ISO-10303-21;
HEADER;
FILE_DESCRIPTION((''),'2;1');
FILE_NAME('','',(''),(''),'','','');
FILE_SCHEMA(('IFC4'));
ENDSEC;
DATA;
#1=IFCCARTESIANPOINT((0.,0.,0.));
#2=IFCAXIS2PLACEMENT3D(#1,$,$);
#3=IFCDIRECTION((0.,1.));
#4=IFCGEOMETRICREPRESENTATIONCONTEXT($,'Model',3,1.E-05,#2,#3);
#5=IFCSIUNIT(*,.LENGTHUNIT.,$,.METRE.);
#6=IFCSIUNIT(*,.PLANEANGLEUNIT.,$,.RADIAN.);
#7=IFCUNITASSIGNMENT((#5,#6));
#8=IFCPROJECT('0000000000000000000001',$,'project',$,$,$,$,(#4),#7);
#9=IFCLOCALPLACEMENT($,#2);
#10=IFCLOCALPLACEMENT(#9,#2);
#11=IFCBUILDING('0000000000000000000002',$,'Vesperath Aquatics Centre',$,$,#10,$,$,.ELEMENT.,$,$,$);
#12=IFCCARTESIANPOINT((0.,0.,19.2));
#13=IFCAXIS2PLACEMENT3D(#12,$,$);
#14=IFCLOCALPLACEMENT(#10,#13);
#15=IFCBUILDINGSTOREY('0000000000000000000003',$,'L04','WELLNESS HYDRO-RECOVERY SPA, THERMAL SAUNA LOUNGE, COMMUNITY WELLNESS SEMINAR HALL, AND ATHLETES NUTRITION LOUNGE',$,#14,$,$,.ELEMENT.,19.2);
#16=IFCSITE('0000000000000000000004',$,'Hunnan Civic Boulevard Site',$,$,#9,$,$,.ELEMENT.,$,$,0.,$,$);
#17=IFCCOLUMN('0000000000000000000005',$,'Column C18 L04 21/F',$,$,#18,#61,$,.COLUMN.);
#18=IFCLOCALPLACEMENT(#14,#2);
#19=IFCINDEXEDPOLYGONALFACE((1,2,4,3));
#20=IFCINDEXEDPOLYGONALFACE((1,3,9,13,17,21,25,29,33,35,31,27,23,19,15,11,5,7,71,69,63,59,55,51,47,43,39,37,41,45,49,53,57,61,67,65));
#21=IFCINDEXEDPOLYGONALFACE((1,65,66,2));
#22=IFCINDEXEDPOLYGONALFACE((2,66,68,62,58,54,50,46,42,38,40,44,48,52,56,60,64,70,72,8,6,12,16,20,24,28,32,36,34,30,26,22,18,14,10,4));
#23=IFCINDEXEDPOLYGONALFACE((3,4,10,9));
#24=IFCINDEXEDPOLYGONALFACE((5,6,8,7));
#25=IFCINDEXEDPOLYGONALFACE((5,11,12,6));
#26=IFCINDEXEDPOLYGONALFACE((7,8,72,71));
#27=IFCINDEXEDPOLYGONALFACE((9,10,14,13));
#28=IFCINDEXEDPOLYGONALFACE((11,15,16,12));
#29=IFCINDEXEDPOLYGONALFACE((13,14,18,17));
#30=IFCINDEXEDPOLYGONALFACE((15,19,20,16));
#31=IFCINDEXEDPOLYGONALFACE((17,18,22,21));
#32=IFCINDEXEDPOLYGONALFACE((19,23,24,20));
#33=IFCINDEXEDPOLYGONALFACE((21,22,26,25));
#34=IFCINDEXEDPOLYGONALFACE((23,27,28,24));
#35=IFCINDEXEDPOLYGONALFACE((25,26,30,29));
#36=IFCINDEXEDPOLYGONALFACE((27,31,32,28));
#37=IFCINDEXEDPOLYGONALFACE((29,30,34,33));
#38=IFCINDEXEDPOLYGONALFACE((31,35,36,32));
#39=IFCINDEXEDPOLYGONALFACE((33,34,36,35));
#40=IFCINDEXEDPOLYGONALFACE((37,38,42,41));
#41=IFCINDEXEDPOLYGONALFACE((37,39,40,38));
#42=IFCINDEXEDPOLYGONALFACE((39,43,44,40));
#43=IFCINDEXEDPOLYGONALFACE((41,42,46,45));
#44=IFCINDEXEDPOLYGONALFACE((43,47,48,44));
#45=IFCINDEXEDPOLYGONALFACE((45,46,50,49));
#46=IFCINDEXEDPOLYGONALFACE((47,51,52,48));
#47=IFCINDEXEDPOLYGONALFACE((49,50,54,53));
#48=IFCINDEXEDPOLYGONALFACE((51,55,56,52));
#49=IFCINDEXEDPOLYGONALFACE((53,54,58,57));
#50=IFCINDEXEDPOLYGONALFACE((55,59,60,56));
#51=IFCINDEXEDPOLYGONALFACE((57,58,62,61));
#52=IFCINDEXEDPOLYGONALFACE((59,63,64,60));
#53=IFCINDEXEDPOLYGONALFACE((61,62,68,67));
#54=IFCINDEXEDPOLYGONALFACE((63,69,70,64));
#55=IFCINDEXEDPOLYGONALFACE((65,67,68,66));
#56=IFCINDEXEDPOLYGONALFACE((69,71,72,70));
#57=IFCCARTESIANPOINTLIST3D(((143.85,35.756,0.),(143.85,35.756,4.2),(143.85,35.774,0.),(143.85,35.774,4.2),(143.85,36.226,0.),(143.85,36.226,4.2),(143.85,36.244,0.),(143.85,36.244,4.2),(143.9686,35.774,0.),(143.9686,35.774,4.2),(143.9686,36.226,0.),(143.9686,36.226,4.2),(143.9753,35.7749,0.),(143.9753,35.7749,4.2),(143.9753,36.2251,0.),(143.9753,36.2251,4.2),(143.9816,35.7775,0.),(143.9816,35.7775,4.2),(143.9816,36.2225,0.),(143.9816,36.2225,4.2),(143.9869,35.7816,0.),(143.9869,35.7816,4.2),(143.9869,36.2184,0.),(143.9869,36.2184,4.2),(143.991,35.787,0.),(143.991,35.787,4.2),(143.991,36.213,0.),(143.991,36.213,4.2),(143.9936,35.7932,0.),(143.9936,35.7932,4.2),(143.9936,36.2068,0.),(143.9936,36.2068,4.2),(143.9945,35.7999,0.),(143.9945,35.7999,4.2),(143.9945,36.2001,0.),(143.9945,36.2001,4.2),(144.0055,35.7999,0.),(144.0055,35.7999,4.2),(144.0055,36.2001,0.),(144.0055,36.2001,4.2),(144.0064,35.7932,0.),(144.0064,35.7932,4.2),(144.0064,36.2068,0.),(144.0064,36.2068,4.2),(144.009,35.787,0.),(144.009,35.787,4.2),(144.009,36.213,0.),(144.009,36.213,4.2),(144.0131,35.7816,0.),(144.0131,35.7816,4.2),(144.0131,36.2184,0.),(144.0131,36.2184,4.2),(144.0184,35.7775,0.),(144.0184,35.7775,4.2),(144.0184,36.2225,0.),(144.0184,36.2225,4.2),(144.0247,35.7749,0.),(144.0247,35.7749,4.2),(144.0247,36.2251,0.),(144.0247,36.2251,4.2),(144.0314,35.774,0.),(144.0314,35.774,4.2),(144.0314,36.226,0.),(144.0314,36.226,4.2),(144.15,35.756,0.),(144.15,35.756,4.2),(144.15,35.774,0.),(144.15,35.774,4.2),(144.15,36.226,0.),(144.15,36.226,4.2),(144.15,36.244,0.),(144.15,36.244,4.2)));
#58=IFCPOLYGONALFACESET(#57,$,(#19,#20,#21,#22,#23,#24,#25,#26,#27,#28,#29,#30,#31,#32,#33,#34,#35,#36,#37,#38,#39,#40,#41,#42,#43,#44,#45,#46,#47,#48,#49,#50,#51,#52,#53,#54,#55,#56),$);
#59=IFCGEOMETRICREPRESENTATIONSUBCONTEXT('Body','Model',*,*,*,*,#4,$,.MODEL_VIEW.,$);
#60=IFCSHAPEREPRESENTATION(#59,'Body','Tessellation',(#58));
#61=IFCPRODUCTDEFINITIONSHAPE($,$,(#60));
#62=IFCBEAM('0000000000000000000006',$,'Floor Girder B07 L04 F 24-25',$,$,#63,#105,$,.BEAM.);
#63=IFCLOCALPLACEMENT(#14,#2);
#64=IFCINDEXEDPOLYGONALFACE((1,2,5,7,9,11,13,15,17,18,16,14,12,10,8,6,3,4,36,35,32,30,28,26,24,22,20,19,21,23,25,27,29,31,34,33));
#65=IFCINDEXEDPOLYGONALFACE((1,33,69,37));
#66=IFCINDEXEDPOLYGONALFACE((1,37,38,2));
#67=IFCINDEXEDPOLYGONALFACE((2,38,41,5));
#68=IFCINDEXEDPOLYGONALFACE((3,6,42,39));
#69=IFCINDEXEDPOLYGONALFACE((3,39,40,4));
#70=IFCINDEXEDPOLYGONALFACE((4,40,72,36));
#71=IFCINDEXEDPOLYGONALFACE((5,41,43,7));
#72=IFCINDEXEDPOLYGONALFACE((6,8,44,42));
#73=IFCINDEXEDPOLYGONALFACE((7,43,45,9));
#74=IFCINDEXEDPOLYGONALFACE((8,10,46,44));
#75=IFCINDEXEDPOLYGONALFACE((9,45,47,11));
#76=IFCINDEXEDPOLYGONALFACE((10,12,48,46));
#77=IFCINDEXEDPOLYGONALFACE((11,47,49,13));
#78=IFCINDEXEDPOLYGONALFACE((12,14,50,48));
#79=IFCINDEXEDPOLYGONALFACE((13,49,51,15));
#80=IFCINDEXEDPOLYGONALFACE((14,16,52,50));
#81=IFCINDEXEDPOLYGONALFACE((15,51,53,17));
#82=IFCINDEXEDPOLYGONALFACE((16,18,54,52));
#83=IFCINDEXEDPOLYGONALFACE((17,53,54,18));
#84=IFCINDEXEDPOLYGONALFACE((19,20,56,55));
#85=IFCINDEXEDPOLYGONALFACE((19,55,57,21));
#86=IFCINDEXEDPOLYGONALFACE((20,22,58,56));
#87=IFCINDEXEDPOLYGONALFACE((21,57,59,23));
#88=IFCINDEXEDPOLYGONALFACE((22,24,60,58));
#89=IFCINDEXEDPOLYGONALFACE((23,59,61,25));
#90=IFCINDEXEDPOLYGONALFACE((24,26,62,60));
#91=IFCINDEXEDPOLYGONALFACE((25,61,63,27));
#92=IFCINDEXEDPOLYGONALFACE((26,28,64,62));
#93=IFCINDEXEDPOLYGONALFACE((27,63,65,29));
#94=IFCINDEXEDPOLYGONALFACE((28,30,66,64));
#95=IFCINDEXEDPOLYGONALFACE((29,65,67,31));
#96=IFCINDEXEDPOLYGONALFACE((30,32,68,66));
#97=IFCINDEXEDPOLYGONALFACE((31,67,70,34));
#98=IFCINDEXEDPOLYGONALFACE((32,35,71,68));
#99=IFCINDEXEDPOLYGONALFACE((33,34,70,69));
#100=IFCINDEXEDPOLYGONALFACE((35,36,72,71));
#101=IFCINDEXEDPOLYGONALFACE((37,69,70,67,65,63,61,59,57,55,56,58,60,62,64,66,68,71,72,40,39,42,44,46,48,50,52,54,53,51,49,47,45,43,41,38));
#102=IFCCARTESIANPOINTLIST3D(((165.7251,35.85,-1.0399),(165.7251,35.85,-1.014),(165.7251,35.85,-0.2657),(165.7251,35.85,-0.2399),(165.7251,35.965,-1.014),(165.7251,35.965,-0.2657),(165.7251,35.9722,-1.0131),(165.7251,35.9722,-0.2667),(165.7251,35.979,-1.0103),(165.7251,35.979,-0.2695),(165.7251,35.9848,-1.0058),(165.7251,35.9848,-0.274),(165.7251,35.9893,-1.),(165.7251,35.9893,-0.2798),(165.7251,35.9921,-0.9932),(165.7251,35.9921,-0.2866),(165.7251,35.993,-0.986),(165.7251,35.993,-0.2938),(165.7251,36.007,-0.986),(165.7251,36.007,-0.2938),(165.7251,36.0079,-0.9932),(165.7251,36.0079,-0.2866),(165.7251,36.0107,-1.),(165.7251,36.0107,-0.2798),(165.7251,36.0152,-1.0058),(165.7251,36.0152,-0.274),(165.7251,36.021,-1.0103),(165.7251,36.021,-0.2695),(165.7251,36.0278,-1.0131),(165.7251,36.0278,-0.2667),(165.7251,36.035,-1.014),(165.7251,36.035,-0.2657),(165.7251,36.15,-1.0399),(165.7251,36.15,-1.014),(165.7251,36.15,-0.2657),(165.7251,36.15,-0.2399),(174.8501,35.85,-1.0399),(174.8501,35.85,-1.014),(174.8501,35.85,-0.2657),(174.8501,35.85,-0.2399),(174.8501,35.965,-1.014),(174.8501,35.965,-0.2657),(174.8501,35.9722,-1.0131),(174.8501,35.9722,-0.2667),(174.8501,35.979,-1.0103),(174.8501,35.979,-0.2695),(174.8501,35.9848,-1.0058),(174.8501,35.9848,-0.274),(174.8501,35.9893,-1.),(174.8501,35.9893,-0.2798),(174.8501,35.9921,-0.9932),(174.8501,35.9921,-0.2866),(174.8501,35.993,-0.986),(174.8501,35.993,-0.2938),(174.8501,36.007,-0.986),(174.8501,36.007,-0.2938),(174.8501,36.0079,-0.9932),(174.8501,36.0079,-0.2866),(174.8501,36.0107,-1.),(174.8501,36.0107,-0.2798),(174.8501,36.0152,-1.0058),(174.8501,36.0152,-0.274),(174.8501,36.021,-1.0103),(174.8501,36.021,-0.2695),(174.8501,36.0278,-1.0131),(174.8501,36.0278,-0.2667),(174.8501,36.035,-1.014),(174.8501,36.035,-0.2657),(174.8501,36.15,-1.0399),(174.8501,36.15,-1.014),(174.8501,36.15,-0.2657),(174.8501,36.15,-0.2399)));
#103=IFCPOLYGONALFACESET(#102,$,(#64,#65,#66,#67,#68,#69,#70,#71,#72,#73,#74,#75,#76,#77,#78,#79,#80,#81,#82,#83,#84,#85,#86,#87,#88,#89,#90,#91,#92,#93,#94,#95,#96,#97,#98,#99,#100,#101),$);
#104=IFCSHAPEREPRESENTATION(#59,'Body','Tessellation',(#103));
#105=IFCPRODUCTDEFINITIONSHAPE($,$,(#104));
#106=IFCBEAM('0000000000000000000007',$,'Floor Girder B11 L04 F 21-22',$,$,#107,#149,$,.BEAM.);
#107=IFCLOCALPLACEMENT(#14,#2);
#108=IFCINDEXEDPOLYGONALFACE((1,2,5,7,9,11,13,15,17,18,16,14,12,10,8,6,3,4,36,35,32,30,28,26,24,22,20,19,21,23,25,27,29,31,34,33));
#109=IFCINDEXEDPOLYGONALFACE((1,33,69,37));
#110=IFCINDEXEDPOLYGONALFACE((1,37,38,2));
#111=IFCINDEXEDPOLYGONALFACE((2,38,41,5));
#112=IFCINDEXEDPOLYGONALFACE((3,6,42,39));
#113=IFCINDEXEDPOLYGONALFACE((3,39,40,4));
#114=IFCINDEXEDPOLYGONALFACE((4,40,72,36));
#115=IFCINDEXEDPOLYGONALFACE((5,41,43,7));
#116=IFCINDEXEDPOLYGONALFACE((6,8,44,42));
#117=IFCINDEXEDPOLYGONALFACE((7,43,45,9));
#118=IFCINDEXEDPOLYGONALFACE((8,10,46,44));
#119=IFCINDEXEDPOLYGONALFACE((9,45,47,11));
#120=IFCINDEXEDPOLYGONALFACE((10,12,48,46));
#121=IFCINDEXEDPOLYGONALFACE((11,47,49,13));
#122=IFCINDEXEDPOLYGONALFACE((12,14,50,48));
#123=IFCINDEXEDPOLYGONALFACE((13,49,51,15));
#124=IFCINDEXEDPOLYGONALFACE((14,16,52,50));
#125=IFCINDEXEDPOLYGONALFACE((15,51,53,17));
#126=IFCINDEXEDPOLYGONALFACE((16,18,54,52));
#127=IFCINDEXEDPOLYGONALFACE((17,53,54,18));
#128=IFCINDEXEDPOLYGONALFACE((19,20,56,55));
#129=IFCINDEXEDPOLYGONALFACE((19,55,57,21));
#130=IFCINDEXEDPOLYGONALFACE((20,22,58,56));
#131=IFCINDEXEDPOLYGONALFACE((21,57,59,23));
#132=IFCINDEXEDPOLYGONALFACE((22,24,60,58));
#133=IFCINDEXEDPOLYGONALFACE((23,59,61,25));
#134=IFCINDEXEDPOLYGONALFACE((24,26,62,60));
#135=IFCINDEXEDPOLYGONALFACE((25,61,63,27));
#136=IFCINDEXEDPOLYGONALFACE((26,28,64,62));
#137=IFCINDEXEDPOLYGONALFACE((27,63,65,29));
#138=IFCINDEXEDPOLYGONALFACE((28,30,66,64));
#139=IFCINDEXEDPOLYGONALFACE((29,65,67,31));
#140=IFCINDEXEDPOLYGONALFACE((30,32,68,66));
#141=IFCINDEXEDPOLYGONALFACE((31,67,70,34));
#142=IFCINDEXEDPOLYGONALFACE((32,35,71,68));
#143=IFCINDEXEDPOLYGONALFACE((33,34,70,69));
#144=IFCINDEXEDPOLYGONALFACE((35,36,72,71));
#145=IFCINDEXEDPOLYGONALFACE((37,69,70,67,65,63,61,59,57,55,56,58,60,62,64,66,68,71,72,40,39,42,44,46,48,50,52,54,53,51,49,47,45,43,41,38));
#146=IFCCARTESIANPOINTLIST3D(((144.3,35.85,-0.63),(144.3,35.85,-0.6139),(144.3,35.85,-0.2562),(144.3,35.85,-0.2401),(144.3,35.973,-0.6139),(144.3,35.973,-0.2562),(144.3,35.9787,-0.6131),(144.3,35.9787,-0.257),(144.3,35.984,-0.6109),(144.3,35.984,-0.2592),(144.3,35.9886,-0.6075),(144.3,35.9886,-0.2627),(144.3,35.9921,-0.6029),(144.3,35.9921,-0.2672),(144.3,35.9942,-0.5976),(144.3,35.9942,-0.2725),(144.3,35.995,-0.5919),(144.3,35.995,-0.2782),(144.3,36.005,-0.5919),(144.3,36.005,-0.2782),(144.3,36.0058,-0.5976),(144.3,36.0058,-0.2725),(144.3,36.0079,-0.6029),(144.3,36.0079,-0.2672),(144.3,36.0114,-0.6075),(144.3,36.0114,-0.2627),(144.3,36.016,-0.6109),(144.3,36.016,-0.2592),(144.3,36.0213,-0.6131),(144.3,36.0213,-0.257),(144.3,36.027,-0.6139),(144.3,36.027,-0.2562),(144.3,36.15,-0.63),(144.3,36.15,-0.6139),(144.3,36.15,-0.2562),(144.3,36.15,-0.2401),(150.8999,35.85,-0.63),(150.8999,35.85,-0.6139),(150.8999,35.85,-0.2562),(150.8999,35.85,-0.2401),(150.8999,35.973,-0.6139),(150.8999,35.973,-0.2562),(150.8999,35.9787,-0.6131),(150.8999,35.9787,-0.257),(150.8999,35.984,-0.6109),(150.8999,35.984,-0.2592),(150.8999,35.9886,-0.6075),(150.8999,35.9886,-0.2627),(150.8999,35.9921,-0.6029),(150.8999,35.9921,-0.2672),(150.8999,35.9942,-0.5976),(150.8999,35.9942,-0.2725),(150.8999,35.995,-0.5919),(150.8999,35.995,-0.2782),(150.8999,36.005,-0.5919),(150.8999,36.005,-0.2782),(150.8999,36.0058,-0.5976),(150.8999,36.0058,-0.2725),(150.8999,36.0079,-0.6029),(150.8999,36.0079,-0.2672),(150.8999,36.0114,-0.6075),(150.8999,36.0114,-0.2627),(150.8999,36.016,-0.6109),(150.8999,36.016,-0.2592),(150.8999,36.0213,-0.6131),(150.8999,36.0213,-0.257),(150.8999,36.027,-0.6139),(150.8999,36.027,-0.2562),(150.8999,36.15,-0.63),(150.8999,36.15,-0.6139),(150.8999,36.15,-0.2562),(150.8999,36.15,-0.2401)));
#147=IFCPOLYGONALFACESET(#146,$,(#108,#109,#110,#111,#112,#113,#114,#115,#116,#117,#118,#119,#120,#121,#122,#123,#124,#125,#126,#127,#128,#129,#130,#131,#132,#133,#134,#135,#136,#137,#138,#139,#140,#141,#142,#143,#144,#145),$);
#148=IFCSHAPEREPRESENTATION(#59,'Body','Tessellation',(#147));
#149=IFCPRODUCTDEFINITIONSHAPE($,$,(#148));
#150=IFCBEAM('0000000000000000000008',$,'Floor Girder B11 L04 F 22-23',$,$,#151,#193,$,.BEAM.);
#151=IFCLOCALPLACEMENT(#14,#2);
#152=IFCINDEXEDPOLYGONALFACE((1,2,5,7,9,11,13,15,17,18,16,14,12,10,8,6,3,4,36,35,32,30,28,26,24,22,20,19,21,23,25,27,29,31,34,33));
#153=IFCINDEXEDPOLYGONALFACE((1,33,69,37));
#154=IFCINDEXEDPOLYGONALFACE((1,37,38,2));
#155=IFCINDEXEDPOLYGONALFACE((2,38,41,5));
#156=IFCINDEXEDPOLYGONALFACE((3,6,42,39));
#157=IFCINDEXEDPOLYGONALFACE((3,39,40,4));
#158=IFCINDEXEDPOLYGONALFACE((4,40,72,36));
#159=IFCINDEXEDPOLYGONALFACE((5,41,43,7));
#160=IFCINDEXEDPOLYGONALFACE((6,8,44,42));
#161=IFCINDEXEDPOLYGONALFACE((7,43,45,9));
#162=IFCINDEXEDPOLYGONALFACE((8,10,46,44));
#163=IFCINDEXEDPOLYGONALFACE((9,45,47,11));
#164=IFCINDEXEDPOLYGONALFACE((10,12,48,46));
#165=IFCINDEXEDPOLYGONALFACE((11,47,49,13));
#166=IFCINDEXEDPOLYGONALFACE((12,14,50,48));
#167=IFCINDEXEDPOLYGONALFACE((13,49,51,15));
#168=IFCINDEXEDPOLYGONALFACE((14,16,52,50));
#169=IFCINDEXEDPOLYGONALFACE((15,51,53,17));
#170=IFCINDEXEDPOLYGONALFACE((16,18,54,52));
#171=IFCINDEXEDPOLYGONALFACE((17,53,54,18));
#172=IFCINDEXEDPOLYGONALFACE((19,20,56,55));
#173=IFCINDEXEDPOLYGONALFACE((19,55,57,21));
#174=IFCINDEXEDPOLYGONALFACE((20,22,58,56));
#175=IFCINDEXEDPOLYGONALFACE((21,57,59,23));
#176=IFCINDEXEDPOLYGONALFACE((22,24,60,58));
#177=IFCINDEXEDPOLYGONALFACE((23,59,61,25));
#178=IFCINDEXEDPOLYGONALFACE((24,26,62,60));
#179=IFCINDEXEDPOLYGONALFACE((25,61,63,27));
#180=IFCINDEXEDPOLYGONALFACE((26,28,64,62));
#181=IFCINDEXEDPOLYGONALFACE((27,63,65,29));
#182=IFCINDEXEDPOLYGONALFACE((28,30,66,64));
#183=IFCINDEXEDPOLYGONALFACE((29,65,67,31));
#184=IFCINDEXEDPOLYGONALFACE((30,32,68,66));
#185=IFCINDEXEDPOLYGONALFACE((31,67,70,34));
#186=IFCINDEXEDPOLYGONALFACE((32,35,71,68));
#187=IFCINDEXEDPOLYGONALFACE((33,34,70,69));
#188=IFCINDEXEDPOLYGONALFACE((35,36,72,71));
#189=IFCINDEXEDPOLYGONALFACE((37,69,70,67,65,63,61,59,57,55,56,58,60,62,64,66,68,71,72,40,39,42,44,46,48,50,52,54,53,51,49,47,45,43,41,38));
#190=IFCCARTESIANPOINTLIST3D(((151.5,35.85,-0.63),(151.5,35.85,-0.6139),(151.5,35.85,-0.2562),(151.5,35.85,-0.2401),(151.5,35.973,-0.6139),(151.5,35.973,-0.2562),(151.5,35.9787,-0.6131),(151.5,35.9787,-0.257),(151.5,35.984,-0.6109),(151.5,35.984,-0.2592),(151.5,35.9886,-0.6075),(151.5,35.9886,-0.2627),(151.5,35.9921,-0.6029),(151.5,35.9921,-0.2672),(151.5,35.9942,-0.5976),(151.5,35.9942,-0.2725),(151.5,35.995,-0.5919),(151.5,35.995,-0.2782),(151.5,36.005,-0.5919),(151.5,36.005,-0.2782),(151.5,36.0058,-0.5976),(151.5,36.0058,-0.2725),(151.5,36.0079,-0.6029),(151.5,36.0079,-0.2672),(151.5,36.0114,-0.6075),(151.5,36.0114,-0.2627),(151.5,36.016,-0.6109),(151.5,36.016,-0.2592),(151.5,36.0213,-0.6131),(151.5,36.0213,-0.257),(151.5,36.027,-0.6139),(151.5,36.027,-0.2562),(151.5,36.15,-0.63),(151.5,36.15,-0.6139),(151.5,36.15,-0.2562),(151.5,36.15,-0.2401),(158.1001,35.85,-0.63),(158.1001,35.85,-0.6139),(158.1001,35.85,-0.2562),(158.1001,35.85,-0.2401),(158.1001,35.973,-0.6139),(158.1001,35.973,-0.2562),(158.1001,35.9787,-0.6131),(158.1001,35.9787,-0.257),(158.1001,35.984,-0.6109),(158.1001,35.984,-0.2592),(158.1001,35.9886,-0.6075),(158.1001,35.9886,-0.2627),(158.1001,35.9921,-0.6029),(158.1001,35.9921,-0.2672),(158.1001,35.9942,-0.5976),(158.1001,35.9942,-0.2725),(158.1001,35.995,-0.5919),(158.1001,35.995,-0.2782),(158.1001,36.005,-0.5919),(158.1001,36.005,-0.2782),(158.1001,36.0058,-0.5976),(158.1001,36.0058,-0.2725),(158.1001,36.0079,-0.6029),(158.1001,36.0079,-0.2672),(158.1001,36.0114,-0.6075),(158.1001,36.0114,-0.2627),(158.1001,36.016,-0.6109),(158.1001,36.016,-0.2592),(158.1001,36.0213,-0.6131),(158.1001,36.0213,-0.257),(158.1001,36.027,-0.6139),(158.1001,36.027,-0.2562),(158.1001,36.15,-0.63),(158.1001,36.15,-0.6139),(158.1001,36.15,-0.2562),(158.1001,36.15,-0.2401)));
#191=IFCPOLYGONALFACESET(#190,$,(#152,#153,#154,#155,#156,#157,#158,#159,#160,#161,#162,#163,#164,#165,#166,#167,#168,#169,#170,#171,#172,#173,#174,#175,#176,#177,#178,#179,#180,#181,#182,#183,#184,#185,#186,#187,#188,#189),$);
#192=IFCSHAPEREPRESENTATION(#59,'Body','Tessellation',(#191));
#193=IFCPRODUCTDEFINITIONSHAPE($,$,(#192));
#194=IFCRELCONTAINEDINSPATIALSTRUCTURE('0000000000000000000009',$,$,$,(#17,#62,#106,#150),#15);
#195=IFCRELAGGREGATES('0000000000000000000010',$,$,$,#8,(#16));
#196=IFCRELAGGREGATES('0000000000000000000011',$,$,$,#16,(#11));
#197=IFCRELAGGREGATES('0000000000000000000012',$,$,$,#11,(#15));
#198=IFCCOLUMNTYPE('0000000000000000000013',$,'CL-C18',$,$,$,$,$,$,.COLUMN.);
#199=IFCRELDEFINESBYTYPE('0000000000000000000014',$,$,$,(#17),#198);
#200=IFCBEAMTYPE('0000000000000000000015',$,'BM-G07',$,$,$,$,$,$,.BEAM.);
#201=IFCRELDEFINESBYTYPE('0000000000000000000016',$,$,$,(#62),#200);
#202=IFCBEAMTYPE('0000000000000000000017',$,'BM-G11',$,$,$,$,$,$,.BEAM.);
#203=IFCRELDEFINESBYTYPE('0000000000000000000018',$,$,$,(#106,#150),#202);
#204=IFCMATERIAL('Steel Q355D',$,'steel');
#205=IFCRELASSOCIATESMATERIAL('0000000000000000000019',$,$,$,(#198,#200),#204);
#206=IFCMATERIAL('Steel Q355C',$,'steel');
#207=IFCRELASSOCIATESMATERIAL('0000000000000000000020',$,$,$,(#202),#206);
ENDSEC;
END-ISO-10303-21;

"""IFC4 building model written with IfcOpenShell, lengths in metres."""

from ifc_helpers import new_model, si_unit, direction, frame, origin, origin_2d, place, context, subcontext, project, spatial, i_section, extrude, material, material_profile, profile_set, type_object, element, save


model = new_model("IFC4")

# Units and contexts
model_context = context("Model", 3, precision=1e-05, world=origin(), true_north=direction((0.0, 1.0)))
body_context = subcontext(model_context, "Body", "Model", "MODEL_VIEW")
ifc_project = project(units=[si_unit("LENGTHUNIT", "METRE"), si_unit("PLANEANGLEUNIT", "RADIAN")], contexts=[model_context])

# Site, building, storey
site_placement = place(None, origin())
site = spatial("IfcSite", under=ifc_project, at=site_placement, Name="Hunnan Civic Boulevard Site", CompositionType="ELEMENT", RefElevation=0.0)
building_placement = place(site_placement, origin())
building = spatial("IfcBuilding", under=site, at=building_placement, Name="Vesperath Aquatics Centre", CompositionType="ELEMENT")
storey_placement = place(building_placement, frame((0.0, 0.0, 19.2)))
storey = spatial("IfcBuildingStorey", under=building, at=storey_placement, Name="L04", Description="WELLNESS HYDRO-RECOVERY SPA, THERMAL SAUNA LOUNGE, COMMUNITY WELLNESS SEMINAR HALL, AND ATHLETES NUTRITION LOUNGE", CompositionType="ELEMENT", Elevation=19.2)

# Column
ifc_material_1 = material(Name="Steel Q355C", Category="steel")
ifc_material_2 = material(Name="Steel Q355D", Category="steel")
ifc_material_profile_1 = material_profile(ifc_material_2, i_section(OverallWidth=0.3, OverallDepth=0.488, WebThickness=0.011, FlangeThickness=0.0181, FilletRadius=0.0259, at=origin_2d()), Name="HM 488x300x11x18")
ifc_profile_set_1 = profile_set([ifc_material_profile_1], Name="Steel Q355D")
column_type_1 = type_object("IfcColumnType", Name="CL-C18", PredefinedType="COLUMN", material=ifc_profile_set_1)
column_placement = place(storey_placement, frame((144.0, 36.0, 0.0), z_axis=(0.0, 0.0, 1.0), x_axis=(1.0, 0.0, 0.0)))
element("IfcColumn", 1, at=column_placement, inside=storey, type_object=column_type_1, Name="Column C18 L04 21/F", PredefinedType="COLUMN", context=body_context, shape_type="SweptSolid", body=[
    extrude(i_section(OverallWidth=0.3, OverallDepth=0.488, WebThickness=0.011, FlangeThickness=0.0181, FilletRadius=0.0259, at=origin_2d()), origin(), (0.0, 0.0, 1.0), 4.2),
])

# Beams
ifc_material_profile_2 = material_profile(ifc_material_2, i_section(OverallWidth=0.3, OverallDepth=0.8, WebThickness=0.0139, FlangeThickness=0.0259, FilletRadius=0.0281, at=origin_2d()), Name="HN 800x300x14x26")
ifc_profile_set_2 = profile_set([ifc_material_profile_2], Name="Steel Q355D")
beam_type_1 = type_object("IfcBeamType", Name="BM-G07", PredefinedType="BEAM", material=ifc_profile_set_2)
beam_1_placement = place(storey_placement, frame((165.7251, 36.0, -0.6399), z_axis=(1.0, 0.0, 0.0), x_axis=(0.0, 1.0, 0.0)))
element("IfcBeam", 2, at=beam_1_placement, inside=storey, type_object=beam_type_1, Name="Floor Girder B07 L04 F 24-25", PredefinedType="BEAM", context=body_context, shape_type="SweptSolid", body=[
    extrude(i_section(OverallWidth=0.3, OverallDepth=0.8, WebThickness=0.0139, FlangeThickness=0.0259, FilletRadius=0.0281, at=origin_2d()), origin(), (0.0, 0.0, 1.0), 9.125),
])
ifc_material_profile_3 = material_profile(ifc_material_1, i_section(OverallWidth=0.3, OverallDepth=0.3899, WebThickness=0.01, FlangeThickness=0.0161, FilletRadius=0.022, at=origin_2d()), Name="HM 390x300x10x16")
ifc_profile_set_3 = profile_set([ifc_material_profile_3], Name="Steel Q355C")
beam_type_2 = type_object("IfcBeamType", Name="BM-G11", PredefinedType="BEAM", material=ifc_profile_set_3)
beam_2_placement = place(storey_placement, frame((144.3, 36.0, -0.4351), z_axis=(1.0, 0.0, 0.0), x_axis=(0.0, 1.0, 0.0)))
element("IfcBeam", 3, at=beam_2_placement, inside=storey, type_object=beam_type_2, Name="Floor Girder B11 L04 F 21-22", PredefinedType="BEAM", context=body_context, shape_type="SweptSolid", body=[
    extrude(i_section(OverallWidth=0.3, OverallDepth=0.3899, WebThickness=0.01, FlangeThickness=0.0161, FilletRadius=0.022, at=origin_2d()), origin(), (0.0, 0.0, 1.0), 6.5999),
])
beam_3_placement = place(storey_placement, frame((151.5, 36.0, -0.4351), z_axis=(1.0, 0.0, 0.0), x_axis=(0.0, 1.0, 0.0)))
element("IfcBeam", 4, at=beam_3_placement, inside=storey, type_object=beam_type_2, Name="Floor Girder B11 L04 F 22-23", PredefinedType="BEAM", context=body_context, shape_type="SweptSolid", body=[
    extrude(i_section(OverallWidth=0.3, OverallDepth=0.3899, WebThickness=0.01, FlangeThickness=0.0161, FilletRadius=0.022, at=origin_2d()), origin(), (0.0, 0.0, 1.0), 6.6001),
])

save(model, "model.ifc")
